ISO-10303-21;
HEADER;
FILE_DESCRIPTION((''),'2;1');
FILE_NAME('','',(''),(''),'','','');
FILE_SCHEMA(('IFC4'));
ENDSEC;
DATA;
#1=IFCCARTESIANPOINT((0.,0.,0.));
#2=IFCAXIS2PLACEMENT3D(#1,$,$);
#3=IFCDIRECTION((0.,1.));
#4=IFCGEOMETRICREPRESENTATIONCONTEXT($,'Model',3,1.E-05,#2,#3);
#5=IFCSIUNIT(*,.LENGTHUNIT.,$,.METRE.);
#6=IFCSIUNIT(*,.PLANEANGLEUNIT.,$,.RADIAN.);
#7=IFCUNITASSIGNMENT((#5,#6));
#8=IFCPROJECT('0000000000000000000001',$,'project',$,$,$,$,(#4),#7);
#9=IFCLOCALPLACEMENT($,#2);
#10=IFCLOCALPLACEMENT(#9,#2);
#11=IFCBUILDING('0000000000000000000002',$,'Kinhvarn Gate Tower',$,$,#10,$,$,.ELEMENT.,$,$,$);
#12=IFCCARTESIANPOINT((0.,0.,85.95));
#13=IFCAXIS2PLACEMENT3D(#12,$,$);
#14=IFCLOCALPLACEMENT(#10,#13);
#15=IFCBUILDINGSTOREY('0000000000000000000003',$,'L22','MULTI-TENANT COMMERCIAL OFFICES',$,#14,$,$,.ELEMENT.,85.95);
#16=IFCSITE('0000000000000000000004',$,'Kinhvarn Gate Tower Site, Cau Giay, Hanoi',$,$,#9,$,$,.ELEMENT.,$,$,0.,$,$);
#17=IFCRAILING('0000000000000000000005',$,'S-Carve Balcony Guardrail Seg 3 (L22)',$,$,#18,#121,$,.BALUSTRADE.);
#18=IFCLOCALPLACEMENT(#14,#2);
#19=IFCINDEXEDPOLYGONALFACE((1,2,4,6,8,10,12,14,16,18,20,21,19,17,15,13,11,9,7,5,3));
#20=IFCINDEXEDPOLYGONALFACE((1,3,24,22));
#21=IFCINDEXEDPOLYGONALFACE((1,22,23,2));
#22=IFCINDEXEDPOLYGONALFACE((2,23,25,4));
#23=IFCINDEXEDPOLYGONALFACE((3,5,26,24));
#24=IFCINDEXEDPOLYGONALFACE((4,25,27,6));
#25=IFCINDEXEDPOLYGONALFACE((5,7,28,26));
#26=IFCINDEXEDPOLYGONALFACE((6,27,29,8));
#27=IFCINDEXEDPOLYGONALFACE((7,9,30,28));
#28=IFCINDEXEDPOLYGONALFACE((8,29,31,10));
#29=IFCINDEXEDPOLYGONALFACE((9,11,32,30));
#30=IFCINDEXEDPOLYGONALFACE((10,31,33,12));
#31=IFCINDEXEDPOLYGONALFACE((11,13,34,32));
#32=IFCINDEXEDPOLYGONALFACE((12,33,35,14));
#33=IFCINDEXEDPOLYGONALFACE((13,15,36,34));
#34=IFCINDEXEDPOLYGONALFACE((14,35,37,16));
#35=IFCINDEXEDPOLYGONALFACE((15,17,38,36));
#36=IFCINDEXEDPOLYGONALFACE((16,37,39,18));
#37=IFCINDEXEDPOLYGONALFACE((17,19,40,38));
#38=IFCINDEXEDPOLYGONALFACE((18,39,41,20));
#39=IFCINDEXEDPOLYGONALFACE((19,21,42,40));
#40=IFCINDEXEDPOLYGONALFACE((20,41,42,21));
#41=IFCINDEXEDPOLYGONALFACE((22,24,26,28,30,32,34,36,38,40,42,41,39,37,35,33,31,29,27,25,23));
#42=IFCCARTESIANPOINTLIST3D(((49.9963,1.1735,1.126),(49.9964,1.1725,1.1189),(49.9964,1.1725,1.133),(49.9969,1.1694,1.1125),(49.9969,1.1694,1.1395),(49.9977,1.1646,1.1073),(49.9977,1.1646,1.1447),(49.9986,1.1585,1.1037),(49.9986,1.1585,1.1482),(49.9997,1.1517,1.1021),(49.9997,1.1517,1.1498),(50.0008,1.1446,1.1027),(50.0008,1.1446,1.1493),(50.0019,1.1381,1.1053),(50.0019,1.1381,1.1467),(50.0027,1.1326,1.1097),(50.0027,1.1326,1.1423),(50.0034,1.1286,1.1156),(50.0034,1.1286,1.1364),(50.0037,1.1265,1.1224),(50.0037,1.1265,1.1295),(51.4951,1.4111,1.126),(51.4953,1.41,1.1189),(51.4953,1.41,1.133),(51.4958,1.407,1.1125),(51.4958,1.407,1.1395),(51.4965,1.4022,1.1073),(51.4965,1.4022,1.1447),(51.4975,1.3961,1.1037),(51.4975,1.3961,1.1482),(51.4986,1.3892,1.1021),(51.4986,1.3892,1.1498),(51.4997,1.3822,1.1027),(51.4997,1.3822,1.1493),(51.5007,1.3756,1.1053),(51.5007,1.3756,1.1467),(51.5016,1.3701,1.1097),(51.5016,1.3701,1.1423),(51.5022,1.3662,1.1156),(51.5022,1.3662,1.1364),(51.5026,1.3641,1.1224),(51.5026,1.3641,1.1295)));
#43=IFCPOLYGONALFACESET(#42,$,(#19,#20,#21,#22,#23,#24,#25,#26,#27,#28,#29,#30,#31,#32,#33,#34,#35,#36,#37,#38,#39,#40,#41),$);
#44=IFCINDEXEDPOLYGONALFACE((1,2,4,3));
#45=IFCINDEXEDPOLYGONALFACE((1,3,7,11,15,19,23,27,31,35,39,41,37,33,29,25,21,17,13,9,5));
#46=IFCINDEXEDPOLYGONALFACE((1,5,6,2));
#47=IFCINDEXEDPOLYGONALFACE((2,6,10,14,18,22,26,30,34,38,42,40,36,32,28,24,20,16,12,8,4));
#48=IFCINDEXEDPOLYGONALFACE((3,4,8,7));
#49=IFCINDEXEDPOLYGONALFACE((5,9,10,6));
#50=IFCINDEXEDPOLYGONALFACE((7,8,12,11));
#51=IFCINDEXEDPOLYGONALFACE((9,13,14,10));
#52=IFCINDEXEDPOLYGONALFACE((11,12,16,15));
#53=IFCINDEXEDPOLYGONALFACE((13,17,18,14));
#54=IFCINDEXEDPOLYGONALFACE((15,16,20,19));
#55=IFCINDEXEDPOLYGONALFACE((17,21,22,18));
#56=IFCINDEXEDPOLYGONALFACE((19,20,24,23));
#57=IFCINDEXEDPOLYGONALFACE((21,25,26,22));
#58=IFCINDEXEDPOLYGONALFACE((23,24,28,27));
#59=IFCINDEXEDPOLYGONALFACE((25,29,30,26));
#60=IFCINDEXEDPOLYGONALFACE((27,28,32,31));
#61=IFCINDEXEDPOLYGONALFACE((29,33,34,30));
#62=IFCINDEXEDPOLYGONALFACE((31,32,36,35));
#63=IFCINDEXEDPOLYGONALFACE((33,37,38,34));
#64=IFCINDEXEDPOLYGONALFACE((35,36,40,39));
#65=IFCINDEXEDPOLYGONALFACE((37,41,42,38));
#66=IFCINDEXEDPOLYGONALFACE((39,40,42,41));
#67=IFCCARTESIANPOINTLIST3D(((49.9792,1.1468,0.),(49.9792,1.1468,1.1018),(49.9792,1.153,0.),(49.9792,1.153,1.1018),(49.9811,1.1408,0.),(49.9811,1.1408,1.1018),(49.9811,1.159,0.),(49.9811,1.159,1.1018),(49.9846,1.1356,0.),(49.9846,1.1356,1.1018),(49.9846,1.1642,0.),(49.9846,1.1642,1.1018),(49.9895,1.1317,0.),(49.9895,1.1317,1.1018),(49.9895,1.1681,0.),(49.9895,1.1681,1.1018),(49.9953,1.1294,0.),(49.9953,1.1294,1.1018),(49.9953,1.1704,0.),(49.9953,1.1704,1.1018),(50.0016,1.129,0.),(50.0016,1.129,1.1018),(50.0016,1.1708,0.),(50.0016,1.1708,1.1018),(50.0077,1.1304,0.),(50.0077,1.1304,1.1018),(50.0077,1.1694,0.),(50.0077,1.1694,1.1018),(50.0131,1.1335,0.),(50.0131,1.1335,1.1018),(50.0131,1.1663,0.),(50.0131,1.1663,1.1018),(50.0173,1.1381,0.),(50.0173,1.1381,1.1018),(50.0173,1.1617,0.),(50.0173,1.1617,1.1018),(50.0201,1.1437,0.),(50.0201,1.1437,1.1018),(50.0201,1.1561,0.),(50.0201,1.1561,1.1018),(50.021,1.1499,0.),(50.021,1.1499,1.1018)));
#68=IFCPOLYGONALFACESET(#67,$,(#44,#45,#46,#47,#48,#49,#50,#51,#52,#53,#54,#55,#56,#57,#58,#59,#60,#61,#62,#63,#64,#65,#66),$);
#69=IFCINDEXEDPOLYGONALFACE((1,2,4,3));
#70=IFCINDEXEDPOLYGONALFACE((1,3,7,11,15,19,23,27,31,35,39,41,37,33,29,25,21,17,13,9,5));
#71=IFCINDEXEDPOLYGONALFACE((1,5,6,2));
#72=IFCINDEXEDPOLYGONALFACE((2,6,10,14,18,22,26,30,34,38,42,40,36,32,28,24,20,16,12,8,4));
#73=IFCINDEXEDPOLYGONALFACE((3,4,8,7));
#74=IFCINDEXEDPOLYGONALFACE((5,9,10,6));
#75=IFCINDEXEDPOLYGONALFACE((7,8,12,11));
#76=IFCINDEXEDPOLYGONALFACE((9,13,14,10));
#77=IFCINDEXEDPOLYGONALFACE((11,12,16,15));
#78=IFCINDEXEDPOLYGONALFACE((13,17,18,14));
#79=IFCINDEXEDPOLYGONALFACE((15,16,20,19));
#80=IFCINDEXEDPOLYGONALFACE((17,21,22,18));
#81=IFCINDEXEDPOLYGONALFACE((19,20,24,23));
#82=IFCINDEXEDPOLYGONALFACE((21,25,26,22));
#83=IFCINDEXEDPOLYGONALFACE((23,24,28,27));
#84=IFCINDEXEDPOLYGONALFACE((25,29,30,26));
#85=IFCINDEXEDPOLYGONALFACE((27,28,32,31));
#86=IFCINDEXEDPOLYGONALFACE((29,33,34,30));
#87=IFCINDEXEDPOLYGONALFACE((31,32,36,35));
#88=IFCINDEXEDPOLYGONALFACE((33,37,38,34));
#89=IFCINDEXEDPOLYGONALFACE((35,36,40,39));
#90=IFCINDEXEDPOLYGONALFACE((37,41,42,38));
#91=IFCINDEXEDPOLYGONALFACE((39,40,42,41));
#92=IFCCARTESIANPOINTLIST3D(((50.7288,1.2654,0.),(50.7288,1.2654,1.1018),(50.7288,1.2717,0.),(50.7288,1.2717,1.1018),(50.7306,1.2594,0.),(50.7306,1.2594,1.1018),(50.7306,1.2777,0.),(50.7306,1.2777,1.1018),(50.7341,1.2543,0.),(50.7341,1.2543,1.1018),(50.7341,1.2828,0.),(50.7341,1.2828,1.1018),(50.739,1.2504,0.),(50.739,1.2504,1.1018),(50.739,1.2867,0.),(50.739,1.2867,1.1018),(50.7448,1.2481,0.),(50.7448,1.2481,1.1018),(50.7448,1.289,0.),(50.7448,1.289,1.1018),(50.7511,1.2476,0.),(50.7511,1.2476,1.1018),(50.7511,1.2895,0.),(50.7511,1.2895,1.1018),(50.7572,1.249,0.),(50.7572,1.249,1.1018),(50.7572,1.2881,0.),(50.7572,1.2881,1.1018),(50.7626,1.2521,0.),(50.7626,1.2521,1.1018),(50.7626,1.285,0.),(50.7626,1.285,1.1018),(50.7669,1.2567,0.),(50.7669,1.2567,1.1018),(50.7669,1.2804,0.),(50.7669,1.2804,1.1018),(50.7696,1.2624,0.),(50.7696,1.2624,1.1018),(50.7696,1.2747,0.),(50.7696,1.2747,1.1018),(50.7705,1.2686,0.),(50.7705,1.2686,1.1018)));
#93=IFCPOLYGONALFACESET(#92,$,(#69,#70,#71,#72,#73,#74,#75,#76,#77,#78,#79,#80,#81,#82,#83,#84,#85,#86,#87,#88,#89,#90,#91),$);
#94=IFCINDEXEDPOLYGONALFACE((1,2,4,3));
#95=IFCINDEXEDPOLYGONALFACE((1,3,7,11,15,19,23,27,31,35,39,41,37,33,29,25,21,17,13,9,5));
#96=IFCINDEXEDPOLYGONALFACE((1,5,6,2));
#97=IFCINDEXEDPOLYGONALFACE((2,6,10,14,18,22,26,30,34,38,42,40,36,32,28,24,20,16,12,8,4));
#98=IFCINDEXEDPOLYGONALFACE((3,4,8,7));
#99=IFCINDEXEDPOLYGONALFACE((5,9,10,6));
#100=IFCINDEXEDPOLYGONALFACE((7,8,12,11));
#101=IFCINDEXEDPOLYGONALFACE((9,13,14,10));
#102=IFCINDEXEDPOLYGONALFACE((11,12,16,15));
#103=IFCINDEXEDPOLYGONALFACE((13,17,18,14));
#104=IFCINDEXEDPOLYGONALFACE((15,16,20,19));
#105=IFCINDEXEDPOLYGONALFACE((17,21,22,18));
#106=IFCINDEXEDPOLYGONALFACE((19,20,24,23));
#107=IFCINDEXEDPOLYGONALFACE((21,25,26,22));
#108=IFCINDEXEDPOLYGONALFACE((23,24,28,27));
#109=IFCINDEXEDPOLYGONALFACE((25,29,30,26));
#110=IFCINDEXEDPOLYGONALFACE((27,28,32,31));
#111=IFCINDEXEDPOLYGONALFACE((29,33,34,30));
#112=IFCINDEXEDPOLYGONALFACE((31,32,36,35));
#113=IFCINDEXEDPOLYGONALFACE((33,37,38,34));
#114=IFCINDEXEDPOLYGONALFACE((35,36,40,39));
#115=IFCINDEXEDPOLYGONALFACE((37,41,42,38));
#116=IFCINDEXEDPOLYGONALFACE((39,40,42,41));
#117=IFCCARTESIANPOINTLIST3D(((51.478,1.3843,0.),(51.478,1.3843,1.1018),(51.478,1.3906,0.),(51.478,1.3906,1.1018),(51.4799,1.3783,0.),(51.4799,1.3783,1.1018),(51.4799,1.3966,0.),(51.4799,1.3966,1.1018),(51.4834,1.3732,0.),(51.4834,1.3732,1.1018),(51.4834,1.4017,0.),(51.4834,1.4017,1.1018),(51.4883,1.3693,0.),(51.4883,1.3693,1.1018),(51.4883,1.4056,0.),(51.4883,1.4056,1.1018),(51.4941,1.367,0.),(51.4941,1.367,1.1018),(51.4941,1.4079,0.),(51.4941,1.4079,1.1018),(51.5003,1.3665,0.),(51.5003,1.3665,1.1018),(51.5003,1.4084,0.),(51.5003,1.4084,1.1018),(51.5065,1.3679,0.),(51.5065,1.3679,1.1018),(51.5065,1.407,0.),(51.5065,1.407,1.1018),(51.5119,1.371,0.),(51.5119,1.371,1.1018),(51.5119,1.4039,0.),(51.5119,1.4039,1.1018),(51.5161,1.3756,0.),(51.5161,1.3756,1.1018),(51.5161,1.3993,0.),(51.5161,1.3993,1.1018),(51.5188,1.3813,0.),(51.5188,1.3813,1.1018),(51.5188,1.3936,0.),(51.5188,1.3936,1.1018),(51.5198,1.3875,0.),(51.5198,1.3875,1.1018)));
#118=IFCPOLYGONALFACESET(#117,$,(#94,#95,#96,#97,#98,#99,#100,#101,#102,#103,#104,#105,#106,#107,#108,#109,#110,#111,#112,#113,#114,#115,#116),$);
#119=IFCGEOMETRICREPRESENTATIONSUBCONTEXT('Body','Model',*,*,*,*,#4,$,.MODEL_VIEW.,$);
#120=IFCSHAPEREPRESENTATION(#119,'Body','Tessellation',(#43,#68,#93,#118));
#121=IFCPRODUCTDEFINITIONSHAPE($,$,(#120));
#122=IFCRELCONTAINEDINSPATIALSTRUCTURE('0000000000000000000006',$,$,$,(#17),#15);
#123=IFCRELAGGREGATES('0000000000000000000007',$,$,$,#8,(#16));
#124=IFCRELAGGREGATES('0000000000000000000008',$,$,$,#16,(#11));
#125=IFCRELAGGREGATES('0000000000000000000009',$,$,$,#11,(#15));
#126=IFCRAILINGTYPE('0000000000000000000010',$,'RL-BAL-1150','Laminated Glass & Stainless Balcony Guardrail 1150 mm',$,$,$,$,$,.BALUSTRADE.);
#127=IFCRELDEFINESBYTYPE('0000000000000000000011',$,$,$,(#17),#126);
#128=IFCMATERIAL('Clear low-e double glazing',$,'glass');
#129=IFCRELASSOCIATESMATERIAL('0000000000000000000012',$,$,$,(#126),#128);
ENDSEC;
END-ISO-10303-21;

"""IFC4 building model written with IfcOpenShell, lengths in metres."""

from ifc_helpers import new_model, si_unit, direction, frame, origin, origin_2d, place, context, subcontext, project, spatial, circle, extrude, material, type_object, element, save


model = new_model("IFC4")

# Units and contexts
model_context = context("Model", 3, precision=1e-05, world=origin(), true_north=direction((0.0, 1.0)))
body_context = subcontext(model_context, "Body", "Model", "MODEL_VIEW")
ifc_project = project(units=[si_unit("LENGTHUNIT", "METRE"), si_unit("PLANEANGLEUNIT", "RADIAN")], contexts=[model_context])

# Site, building, storey
site_placement = place(None, origin())
site = spatial("IfcSite", under=ifc_project, at=site_placement, Name="Kinhvarn Gate Tower Site, Cau Giay, Hanoi", CompositionType="ELEMENT", RefElevation=0.0)
building_placement = place(site_placement, origin())
building = spatial("IfcBuilding", under=site, at=building_placement, Name="Kinhvarn Gate Tower", CompositionType="ELEMENT")
storey_placement = place(building_placement, frame((0.0, 0.0, 85.95)))
storey = spatial("IfcBuildingStorey", under=building, at=storey_placement, Name="L22", Description="MULTI-TENANT COMMERCIAL OFFICES", CompositionType="ELEMENT", Elevation=85.95)

# Shared definitions
ifc_material_1 = material(Name="Clear low-e double glazing", Category="glass")

# Railing
railing_type = type_object("IfcRailingType", Name="RL-BAL-1150", Description="Laminated Glass & Stainless Balcony Guardrail 1150 mm", PredefinedType="BALUSTRADE", material=ifc_material_1)
railing_1_placement = place(storey_placement, frame((50.0, 1.1499, 0.0)))
element("IfcRailing", 1, at=railing_1_placement, inside=storey, type_object=railing_type, Name="S-Carve Balcony Guardrail Seg 3 (L22)", PredefinedType="BALUSTRADE", context=body_context, shape_type="SweptSolid", body=[
    extrude(circle(Radius=0.0239, at=origin_2d()), frame((0.0, 0.0, 1.126), z_axis=(0.987671, 0.156541, 0.0), x_axis=(-0.156541, 0.987671, 0.0)), (0.0, 0.0, 1.0), 1.5176),
    extrude(circle(Radius=0.021, at=origin_2d()), origin(), (0.0, 0.0, 1.0), 1.1018),
    extrude(circle(Radius=0.021, at=origin_2d()), frame((0.7495, 0.1187, 0.0)), (0.0, 0.0, 1.0), 1.1018),
    extrude(circle(Radius=0.021, at=origin_2d()), frame((1.4988, 0.2375, 0.0)), (0.0, 0.0, 1.0), 1.1018),
])

save(model, "model.ifc")
